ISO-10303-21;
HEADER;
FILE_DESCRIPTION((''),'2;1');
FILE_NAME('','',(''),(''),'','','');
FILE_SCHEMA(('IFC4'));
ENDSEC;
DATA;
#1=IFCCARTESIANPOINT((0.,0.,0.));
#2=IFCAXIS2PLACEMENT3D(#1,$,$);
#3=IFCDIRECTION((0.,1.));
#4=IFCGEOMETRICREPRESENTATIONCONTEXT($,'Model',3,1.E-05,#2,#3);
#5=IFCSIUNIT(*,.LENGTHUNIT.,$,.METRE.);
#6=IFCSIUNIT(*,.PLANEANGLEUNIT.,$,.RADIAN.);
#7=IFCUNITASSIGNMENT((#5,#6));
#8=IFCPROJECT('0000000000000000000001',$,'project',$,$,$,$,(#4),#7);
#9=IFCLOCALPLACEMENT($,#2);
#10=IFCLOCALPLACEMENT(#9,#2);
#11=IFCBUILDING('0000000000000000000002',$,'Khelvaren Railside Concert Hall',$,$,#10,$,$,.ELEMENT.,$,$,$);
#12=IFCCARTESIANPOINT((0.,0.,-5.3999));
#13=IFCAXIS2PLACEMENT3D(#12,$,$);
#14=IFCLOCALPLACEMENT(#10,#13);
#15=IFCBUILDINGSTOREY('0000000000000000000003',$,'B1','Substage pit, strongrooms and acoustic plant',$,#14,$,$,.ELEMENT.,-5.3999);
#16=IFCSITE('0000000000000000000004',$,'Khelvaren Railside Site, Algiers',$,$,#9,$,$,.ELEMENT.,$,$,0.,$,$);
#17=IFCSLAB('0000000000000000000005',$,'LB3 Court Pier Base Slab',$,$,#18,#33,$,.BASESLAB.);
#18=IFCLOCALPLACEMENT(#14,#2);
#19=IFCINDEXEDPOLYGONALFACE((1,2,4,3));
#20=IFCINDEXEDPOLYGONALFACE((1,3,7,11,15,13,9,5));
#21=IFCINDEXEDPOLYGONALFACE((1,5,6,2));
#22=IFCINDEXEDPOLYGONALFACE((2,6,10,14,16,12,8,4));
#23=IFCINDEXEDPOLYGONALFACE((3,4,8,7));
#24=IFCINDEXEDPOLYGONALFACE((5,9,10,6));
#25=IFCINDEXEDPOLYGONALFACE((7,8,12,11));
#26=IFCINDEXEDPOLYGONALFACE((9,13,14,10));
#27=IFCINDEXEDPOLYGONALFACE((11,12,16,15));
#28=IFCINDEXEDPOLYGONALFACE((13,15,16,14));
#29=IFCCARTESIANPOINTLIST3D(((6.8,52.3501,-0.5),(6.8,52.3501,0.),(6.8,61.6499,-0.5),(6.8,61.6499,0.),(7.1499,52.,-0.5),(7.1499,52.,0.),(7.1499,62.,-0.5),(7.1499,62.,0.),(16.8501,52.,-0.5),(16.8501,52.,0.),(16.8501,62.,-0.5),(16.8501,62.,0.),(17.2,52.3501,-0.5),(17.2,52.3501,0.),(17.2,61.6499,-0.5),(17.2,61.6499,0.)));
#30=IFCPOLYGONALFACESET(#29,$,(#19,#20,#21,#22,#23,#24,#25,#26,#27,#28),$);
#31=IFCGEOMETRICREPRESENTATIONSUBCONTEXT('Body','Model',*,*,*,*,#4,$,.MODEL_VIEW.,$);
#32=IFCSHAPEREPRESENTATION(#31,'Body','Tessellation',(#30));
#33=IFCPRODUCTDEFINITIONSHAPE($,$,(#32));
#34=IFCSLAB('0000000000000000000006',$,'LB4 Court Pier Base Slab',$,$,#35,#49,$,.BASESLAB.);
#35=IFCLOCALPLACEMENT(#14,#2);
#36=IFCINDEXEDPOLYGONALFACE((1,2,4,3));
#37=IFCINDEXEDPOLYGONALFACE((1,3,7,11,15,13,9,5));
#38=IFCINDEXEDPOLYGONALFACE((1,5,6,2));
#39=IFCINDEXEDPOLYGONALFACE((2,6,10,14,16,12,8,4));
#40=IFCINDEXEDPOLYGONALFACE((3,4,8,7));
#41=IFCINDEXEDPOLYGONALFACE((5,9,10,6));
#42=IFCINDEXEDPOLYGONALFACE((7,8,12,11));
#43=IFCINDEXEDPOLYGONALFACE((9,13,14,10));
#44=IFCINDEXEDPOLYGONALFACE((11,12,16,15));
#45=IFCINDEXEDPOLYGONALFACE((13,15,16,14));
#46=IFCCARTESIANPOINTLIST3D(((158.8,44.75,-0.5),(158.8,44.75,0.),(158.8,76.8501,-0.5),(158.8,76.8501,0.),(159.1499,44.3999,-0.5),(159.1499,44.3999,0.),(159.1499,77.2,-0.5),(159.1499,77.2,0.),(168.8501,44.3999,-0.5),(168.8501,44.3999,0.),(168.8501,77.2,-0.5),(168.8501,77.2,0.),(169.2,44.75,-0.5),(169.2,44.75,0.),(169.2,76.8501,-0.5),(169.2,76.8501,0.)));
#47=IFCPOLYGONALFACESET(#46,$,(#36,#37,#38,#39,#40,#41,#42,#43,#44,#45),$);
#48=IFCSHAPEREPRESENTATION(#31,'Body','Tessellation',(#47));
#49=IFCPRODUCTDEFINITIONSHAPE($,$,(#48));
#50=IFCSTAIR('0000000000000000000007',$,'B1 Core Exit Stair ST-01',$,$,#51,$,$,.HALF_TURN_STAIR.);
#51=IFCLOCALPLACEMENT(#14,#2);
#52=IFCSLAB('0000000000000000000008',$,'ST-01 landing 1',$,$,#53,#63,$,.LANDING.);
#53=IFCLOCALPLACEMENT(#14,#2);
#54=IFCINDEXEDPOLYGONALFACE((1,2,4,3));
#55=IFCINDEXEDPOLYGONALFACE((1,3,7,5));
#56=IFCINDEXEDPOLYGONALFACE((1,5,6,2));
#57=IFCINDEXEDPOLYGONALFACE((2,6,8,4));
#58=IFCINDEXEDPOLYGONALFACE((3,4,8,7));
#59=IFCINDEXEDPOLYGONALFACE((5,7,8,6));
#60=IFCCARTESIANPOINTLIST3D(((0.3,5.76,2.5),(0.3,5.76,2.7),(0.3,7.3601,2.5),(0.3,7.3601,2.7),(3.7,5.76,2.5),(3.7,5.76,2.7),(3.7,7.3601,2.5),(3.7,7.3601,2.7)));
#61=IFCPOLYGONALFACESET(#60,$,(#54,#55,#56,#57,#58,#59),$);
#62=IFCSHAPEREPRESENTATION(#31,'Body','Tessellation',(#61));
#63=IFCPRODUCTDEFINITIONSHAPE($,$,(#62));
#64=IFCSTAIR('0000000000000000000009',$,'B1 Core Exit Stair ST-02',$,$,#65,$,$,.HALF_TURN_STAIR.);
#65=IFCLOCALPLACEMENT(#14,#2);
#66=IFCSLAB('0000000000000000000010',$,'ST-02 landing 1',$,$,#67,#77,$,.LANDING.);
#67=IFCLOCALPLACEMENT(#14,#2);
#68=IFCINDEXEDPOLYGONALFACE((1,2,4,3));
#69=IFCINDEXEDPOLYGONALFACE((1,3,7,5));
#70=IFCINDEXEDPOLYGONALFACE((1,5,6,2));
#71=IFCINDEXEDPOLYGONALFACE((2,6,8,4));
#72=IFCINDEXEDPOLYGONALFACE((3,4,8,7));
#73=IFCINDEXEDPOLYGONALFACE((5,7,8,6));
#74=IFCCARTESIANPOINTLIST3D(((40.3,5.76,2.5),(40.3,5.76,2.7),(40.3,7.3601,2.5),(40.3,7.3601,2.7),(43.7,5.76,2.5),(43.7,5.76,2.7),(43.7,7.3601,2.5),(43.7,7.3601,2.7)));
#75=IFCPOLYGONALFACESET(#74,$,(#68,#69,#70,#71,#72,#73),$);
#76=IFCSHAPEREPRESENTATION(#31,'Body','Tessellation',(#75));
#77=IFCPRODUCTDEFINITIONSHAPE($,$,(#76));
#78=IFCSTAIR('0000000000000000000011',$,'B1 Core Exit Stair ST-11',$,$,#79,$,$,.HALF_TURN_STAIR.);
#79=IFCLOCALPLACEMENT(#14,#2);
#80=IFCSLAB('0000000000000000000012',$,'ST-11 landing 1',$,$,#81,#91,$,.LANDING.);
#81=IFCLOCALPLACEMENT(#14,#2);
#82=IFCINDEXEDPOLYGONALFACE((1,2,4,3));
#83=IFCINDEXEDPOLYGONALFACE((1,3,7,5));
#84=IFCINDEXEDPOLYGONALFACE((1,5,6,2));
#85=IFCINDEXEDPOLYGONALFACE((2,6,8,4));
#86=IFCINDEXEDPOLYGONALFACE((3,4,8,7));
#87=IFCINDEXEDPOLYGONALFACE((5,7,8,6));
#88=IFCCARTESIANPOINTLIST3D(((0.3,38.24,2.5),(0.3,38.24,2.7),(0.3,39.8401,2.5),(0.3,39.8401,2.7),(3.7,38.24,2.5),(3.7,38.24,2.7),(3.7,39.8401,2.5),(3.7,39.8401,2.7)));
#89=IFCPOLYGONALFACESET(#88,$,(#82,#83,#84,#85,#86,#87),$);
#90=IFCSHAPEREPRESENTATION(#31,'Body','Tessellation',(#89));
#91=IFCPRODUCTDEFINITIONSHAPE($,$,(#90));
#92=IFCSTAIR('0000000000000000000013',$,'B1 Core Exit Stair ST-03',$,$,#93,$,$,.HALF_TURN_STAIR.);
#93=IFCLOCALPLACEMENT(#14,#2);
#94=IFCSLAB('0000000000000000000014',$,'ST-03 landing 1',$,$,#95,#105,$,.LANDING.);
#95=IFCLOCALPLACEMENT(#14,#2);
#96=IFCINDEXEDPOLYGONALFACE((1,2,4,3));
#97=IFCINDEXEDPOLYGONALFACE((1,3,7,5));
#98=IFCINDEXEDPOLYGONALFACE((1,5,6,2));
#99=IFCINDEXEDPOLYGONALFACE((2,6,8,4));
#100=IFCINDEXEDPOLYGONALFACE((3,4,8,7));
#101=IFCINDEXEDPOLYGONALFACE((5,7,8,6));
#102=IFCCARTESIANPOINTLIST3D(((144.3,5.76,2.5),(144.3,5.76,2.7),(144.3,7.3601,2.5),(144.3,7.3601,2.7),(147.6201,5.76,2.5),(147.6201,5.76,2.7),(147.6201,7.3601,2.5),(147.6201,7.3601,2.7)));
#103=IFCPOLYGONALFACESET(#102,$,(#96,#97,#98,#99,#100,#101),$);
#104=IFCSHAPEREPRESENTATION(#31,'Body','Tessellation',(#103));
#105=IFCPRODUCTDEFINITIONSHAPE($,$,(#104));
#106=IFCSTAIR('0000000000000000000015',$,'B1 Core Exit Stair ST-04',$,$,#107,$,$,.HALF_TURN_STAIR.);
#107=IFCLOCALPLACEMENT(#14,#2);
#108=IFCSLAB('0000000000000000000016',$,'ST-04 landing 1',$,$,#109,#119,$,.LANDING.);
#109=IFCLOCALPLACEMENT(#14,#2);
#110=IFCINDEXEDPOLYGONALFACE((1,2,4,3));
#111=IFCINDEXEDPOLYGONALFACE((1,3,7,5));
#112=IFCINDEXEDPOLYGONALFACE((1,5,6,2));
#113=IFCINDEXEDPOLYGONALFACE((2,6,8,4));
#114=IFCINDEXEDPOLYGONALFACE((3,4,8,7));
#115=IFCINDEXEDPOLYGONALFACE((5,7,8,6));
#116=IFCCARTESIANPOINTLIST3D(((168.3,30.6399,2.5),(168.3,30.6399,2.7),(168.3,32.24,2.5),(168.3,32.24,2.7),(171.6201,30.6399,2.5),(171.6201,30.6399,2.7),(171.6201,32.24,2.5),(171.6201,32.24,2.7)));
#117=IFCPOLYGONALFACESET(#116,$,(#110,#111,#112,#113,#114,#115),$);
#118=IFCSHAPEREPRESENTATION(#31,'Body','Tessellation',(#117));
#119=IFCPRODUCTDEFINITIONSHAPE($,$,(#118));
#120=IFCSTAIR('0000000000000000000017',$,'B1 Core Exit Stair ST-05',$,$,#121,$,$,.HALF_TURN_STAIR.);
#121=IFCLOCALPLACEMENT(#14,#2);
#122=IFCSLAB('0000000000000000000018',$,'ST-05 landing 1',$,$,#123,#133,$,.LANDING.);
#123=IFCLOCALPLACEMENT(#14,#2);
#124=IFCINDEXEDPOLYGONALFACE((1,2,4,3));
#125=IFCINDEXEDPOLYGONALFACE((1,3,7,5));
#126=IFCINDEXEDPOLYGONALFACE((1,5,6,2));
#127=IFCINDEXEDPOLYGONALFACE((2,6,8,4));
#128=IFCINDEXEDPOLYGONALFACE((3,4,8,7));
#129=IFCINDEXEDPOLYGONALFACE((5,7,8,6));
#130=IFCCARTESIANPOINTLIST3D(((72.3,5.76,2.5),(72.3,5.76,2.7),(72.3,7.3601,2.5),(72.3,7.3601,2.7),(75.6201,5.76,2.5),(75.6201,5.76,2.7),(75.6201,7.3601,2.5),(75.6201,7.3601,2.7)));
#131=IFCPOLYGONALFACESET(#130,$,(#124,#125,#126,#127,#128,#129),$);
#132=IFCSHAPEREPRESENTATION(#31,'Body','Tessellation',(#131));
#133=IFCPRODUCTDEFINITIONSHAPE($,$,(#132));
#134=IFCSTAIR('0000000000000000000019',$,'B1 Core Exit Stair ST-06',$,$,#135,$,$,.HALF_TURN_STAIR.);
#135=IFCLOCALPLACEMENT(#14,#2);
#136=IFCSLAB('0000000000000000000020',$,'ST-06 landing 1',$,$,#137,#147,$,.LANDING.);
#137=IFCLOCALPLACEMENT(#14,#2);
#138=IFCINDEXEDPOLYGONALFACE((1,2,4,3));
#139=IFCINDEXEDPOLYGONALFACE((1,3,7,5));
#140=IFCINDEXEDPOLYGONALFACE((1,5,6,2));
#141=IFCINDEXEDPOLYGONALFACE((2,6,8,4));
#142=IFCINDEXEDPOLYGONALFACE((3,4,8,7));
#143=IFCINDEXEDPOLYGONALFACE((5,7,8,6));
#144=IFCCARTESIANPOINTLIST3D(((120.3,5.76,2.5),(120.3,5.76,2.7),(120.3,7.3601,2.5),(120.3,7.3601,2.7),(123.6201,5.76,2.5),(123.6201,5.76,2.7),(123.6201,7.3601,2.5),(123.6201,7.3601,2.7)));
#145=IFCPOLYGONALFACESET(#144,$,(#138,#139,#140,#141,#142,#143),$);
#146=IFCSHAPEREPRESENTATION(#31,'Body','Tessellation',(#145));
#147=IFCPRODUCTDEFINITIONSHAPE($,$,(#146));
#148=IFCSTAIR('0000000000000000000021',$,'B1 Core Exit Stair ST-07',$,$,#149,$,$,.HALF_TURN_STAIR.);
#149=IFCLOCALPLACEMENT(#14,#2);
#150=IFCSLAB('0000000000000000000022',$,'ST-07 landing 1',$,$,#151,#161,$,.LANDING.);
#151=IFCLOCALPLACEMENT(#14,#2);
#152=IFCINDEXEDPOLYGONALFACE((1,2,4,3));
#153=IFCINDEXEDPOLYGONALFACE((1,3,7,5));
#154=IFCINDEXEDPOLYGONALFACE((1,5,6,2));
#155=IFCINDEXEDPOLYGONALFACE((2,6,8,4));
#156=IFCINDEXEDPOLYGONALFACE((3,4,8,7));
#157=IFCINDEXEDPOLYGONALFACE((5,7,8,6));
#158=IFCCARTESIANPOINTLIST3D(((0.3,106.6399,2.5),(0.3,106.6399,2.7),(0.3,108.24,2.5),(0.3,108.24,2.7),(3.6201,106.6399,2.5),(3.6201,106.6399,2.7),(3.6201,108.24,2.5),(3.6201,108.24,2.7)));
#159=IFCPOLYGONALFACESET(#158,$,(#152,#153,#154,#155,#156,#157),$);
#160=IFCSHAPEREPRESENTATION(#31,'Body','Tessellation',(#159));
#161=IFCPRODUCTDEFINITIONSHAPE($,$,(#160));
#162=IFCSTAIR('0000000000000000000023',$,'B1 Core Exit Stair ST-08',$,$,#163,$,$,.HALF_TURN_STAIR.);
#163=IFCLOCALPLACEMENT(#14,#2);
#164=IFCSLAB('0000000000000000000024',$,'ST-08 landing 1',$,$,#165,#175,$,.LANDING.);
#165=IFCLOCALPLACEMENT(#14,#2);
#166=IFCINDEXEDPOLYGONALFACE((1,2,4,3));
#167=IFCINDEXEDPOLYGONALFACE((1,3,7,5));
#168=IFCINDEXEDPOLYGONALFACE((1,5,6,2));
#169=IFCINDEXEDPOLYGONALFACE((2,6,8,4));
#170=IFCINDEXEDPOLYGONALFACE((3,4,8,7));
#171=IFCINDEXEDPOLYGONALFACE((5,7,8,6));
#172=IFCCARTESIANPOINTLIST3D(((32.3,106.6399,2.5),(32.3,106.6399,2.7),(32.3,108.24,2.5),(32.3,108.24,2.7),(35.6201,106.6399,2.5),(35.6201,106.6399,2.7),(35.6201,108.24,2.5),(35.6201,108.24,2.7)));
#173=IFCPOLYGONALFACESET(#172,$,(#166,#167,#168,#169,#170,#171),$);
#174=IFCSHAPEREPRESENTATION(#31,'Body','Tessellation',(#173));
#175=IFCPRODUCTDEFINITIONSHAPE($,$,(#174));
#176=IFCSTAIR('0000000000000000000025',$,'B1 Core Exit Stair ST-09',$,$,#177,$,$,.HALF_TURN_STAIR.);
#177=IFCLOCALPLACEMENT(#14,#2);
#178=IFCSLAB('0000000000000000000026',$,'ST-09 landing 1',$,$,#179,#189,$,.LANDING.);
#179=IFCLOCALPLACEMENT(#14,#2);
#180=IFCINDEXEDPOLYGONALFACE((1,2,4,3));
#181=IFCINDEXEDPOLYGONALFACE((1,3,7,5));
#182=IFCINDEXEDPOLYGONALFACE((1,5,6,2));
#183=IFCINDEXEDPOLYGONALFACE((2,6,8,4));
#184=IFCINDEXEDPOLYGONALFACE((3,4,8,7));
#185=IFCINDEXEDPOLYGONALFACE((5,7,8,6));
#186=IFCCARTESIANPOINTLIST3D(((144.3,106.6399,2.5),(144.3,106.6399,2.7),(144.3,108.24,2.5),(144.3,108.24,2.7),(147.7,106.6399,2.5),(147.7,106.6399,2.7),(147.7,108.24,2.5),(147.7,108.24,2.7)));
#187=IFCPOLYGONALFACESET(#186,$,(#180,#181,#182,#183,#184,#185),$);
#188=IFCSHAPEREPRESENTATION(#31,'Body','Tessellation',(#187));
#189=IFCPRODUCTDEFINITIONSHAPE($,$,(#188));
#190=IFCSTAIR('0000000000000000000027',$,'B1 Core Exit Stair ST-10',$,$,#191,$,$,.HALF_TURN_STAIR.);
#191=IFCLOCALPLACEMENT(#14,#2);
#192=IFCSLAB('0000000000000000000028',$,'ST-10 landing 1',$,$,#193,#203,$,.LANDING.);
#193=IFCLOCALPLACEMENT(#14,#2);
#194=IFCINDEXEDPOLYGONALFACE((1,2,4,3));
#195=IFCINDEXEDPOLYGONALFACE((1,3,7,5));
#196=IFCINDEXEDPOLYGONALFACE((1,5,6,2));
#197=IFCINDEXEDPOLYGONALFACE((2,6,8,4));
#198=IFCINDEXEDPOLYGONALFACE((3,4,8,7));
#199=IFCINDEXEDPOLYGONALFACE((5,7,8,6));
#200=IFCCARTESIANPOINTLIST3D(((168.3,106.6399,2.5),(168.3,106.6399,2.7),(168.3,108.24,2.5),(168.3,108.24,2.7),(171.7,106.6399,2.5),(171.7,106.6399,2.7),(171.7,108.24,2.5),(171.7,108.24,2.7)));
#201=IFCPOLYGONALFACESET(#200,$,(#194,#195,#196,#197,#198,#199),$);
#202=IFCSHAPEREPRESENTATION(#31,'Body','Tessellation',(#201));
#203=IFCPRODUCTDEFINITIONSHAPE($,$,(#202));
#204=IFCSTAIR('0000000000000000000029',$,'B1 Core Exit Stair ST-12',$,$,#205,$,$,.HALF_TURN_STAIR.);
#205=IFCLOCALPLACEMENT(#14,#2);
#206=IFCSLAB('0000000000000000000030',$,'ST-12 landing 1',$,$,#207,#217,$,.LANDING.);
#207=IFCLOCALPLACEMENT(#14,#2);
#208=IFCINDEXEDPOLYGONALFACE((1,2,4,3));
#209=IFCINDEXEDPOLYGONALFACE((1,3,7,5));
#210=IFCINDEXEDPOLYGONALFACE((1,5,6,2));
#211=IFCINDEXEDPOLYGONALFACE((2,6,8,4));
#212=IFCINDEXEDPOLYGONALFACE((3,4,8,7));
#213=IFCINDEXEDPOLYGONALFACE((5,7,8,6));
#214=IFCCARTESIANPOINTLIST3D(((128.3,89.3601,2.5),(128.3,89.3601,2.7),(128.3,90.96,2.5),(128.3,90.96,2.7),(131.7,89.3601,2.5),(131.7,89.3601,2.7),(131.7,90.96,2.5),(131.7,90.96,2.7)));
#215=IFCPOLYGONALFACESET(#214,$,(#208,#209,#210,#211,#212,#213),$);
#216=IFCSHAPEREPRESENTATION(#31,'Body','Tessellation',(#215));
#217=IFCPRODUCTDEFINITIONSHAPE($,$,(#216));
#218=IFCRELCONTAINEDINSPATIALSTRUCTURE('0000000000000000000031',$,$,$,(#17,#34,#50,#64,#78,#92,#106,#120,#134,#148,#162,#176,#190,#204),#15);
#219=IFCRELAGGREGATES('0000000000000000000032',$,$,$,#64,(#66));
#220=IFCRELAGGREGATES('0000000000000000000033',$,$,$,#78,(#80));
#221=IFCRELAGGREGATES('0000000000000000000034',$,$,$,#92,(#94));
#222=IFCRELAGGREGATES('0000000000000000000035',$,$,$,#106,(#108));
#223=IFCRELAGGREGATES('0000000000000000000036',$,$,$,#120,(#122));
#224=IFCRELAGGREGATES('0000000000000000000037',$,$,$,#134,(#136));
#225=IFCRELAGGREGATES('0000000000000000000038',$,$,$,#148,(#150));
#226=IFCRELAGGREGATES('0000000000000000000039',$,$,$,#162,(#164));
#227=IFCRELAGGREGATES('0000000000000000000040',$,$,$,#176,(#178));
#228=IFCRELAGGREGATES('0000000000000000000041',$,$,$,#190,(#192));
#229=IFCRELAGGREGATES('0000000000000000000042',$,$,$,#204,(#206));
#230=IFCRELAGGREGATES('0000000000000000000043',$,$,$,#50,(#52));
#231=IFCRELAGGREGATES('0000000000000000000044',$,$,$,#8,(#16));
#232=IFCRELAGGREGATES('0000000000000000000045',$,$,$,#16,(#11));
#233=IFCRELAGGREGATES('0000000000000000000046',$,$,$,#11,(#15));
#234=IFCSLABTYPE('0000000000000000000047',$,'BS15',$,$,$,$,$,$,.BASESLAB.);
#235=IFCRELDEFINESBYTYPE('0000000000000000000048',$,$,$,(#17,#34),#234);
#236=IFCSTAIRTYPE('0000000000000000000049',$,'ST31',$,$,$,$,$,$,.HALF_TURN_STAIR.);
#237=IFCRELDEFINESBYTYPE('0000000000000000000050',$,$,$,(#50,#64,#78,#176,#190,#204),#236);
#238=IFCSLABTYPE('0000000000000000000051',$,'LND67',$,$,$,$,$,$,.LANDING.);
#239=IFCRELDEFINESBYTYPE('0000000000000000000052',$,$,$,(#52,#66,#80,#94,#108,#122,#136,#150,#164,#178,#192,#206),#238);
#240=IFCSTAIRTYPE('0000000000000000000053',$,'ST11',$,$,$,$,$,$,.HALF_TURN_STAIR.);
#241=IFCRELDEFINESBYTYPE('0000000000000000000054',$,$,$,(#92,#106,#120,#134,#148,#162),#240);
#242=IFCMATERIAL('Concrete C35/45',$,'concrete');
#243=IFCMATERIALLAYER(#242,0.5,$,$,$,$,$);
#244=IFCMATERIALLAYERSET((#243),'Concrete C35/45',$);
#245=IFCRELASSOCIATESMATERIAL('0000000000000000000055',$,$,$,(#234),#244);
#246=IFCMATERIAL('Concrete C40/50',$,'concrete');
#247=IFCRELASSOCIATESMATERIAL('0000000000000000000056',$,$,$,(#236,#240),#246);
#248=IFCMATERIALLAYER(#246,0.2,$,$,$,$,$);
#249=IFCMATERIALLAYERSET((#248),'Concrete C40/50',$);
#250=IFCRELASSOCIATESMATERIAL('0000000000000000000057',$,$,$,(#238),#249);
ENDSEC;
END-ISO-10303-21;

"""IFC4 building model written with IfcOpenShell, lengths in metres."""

from ifc_helpers import new_model, si_unit, direction, frame, origin, place, context, subcontext, project, spatial, polyline, outline, extrude, material, layer, layer_set, type_object, element, aggregate, save


model = new_model("IFC4")

# Units and contexts
model_context = context("Model", 3, precision=1e-05, world=origin(), true_north=direction((0.0, 1.0)))
body_context = subcontext(model_context, "Body", "Model", "MODEL_VIEW")
ifc_project = project(units=[si_unit("LENGTHUNIT", "METRE"), si_unit("PLANEANGLEUNIT", "RADIAN")], contexts=[model_context])

# Site, building, storey
site_placement = place(None, origin())
site = spatial("IfcSite", under=ifc_project, at=site_placement, Name="Khelvaren Railside Site, Algiers", CompositionType="ELEMENT", RefElevation=0.0)
building_placement = place(site_placement, origin())
building = spatial("IfcBuilding", under=site, at=building_placement, Name="Khelvaren Railside Concert Hall", CompositionType="ELEMENT")
storey_placement = place(building_placement, frame((0.0, 0.0, -5.3999)))
storey = spatial("IfcBuildingStorey", under=building, at=storey_placement, Name="B1", Description="Substage pit, strongrooms and acoustic plant", CompositionType="ELEMENT", Elevation=-5.3999)

# Shared definitions
ifc_material_1 = material(Name="Concrete C35/45", Category="concrete")

# Slabs
ifc_layer_1 = layer(ifc_material_1, 0.5)
ifc_layer_set_1 = layer_set([ifc_layer_1], Name="Concrete C35/45")
slab_type_1 = type_object("IfcSlabType", Name="BS15", PredefinedType="BASESLAB", material=ifc_layer_set_1)
slab_1_placement = place(storey_placement, frame((0.0, 0.0, -0.5)))
element("IfcSlab", 1, at=slab_1_placement, inside=storey, type_object=slab_type_1, Name="LB3 Court Pier Base Slab", PredefinedType="BASESLAB", context=body_context, shape_type="SweptSolid", body=[
    extrude(outline(polyline([(7.1499, 52.0), (16.8501, 52.0), (17.2, 52.3501), (17.2, 61.6499), (16.8501, 62.0), (7.1499, 62.0), (6.8, 61.6499), (6.8, 52.3501), (7.1499, 52.0)])), origin(), (0.0, 0.0, 1.0), 0.5),
])
slab_2_placement = place(storey_placement, frame((0.0, 0.0, -0.5)))
element("IfcSlab", 2, at=slab_2_placement, inside=storey, type_object=slab_type_1, Name="LB4 Court Pier Base Slab", PredefinedType="BASESLAB", context=body_context, shape_type="SweptSolid", body=[
    extrude(outline(polyline([(159.1499, 44.3999), (168.8501, 44.3999), (169.2, 44.75), (169.2, 76.8501), (168.8501, 77.2), (159.1499, 77.2), (158.8, 76.8501), (158.8, 44.75), (159.1499, 44.3999)])), origin(), (0.0, 0.0, 1.0), 0.5),
])

# Stairs, slabs
ifc_material_2 = material(Name="Concrete C40/50", Category="concrete")
stair_type_1 = type_object("IfcStairType", Name="ST31", PredefinedType="HALF_TURN_STAIR", material=ifc_material_2)
stair_1_placement = place(storey_placement, origin())
stair_1 = element("IfcStair", 3, at=stair_1_placement, inside=storey, type_object=stair_type_1, Name="B1 Core Exit Stair ST-01", PredefinedType="HALF_TURN_STAIR")
ifc_layer_2 = layer(ifc_material_2, 0.2)
ifc_layer_set_2 = layer_set([ifc_layer_2], Name="Concrete C40/50")
slab_type_2 = type_object("IfcSlabType", Name="LND67", PredefinedType="LANDING", material=ifc_layer_set_2)
slab_3_placement = place(storey_placement, frame((0.0, 0.0, 2.5)))
slab_3 = element("IfcSlab", 4, at=slab_3_placement, type_object=slab_type_2, Name="ST-01 landing 1", PredefinedType="LANDING", context=body_context, shape_type="SweptSolid", body=[
    extrude(outline(polyline([(3.7, 5.76), (3.7, 7.3601), (0.3, 7.3601), (0.3, 5.76), (3.7, 5.76)])), origin(), (0.0, 0.0, 1.0), 0.2),
])
stair_2_placement = place(storey_placement, origin())
stair_2 = element("IfcStair", 5, at=stair_2_placement, inside=storey, type_object=stair_type_1, Name="B1 Core Exit Stair ST-02", PredefinedType="HALF_TURN_STAIR")
slab_4_placement = place(storey_placement, frame((0.0, 0.0, 2.5)))
slab_4 = element("IfcSlab", 6, at=slab_4_placement, type_object=slab_type_2, Name="ST-02 landing 1", PredefinedType="LANDING", context=body_context, shape_type="SweptSolid", body=[
    extrude(outline(polyline([(43.7, 5.76), (43.7, 7.3601), (40.3, 7.3601), (40.3, 5.76), (43.7, 5.76)])), origin(), (0.0, 0.0, 1.0), 0.2),
])
aggregate(stair_2, [slab_4])
stair_3_placement = place(storey_placement, origin())
stair_3 = element("IfcStair", 7, at=stair_3_placement, inside=storey, type_object=stair_type_1, Name="B1 Core Exit Stair ST-11", PredefinedType="HALF_TURN_STAIR")
slab_5_placement = place(storey_placement, frame((0.0, 0.0, 2.5)))
slab_5 = element("IfcSlab", 8, at=slab_5_placement, type_object=slab_type_2, Name="ST-11 landing 1", PredefinedType="LANDING", context=body_context, shape_type="SweptSolid", body=[
    extrude(outline(polyline([(0.3, 39.8401), (0.3, 38.24), (3.7, 38.24), (3.7, 39.8401), (0.3, 39.8401)])), origin(), (0.0, 0.0, 1.0), 0.2),
])
aggregate(stair_3, [slab_5])
stair_type_2 = type_object("IfcStairType", Name="ST11", PredefinedType="HALF_TURN_STAIR", material=ifc_material_2)
stair_4_placement = place(storey_placement, origin())
stair_4 = element("IfcStair", 9, at=stair_4_placement, inside=storey, type_object=stair_type_2, Name="B1 Core Exit Stair ST-03", PredefinedType="HALF_TURN_STAIR")
slab_6_placement = place(storey_placement, frame((0.0, 0.0, 2.5)))
slab_6 = element("IfcSlab", 10, at=slab_6_placement, type_object=slab_type_2, Name="ST-03 landing 1", PredefinedType="LANDING", context=body_context, shape_type="SweptSolid", body=[
    extrude(outline(polyline([(147.6201, 5.76), (147.6201, 7.3601), (144.3, 7.3601), (144.3, 5.76), (147.6201, 5.76)])), origin(), (0.0, 0.0, 1.0), 0.2),
])
aggregate(stair_4, [slab_6])
stair_5_placement = place(storey_placement, origin())
stair_5 = element("IfcStair", 11, at=stair_5_placement, inside=storey, type_object=stair_type_2, Name="B1 Core Exit Stair ST-04", PredefinedType="HALF_TURN_STAIR")
slab_7_placement = place(storey_placement, frame((0.0, 0.0, 2.5)))
slab_7 = element("IfcSlab", 12, at=slab_7_placement, type_object=slab_type_2, Name="ST-04 landing 1", PredefinedType="LANDING", context=body_context, shape_type="SweptSolid", body=[
    extrude(outline(polyline([(168.3, 32.24), (168.3, 30.6399), (171.6201, 30.6399), (171.6201, 32.24), (168.3, 32.24)])), origin(), (0.0, 0.0, 1.0), 0.2),
])
aggregate(stair_5, [slab_7])
stair_6_placement = place(storey_placement, origin())
stair_6 = element("IfcStair", 13, at=stair_6_placement, inside=storey, type_object=stair_type_2, Name="B1 Core Exit Stair ST-05", PredefinedType="HALF_TURN_STAIR")
slab_8_placement = place(storey_placement, frame((0.0, 0.0, 2.5)))
slab_8 = element("IfcSlab", 14, at=slab_8_placement, type_object=slab_type_2, Name="ST-05 landing 1", PredefinedType="LANDING", context=body_context, shape_type="SweptSolid", body=[
    extrude(outline(polyline([(75.6201, 5.76), (75.6201, 7.3601), (72.3, 7.3601), (72.3, 5.76), (75.6201, 5.76)])), origin(), (0.0, 0.0, 1.0), 0.2),
])
aggregate(stair_6, [slab_8])
stair_7_placement = place(storey_placement, origin())
stair_7 = element("IfcStair", 15, at=stair_7_placement, inside=storey, type_object=stair_type_2, Name="B1 Core Exit Stair ST-06", PredefinedType="HALF_TURN_STAIR")
slab_9_placement = place(storey_placement, frame((0.0, 0.0, 2.5)))
slab_9 = element("IfcSlab", 16, at=slab_9_placement, type_object=slab_type_2, Name="ST-06 landing 1", PredefinedType="LANDING", context=body_context, shape_type="SweptSolid", body=[
    extrude(outline(polyline([(123.6201, 5.76), (123.6201, 7.3601), (120.3, 7.3601), (120.3, 5.76), (123.6201, 5.76)])), origin(), (0.0, 0.0, 1.0), 0.2),
])
aggregate(stair_7, [slab_9])
stair_8_placement = place(storey_placement, origin())
stair_8 = element("IfcStair", 17, at=stair_8_placement, inside=storey, type_object=stair_type_2, Name="B1 Core Exit Stair ST-07", PredefinedType="HALF_TURN_STAIR")
slab_10_placement = place(storey_placement, frame((0.0, 0.0, 2.5)))
slab_10 = element("IfcSlab", 18, at=slab_10_placement, type_object=slab_type_2, Name="ST-07 landing 1", PredefinedType="LANDING", context=body_context, shape_type="SweptSolid", body=[
    extrude(outline(polyline([(0.3, 108.24), (0.3, 106.6399), (3.6201, 106.6399), (3.6201, 108.24), (0.3, 108.24)])), origin(), (0.0, 0.0, 1.0), 0.2),
])
aggregate(stair_8, [slab_10])
stair_9_placement = place(storey_placement, origin())
stair_9 = element("IfcStair", 19, at=stair_9_placement, inside=storey, type_object=stair_type_2, Name="B1 Core Exit Stair ST-08", PredefinedType="HALF_TURN_STAIR")
slab_11_placement = place(storey_placement, frame((0.0, 0.0, 2.5)))
slab_11 = element("IfcSlab", 20, at=slab_11_placement, type_object=slab_type_2, Name="ST-08 landing 1", PredefinedType="LANDING", context=body_context, shape_type="SweptSolid", body=[
    extrude(outline(polyline([(32.3, 108.24), (32.3, 106.6399), (35.6201, 106.6399), (35.6201, 108.24), (32.3, 108.24)])), origin(), (0.0, 0.0, 1.0), 0.2),
])
aggregate(stair_9, [slab_11])
stair_10_placement = place(storey_placement, origin())
stair_10 = element("IfcStair", 21, at=stair_10_placement, inside=storey, type_object=stair_type_1, Name="B1 Core Exit Stair ST-09", PredefinedType="HALF_TURN_STAIR")
slab_12_placement = place(storey_placement, frame((0.0, 0.0, 2.5)))
slab_12 = element("IfcSlab", 22, at=slab_12_placement, type_object=slab_type_2, Name="ST-09 landing 1", PredefinedType="LANDING", context=body_context, shape_type="SweptSolid", body=[
    extrude(outline(polyline([(144.3, 108.24), (144.3, 106.6399), (147.7, 106.6399), (147.7, 108.24), (144.3, 108.24)])), origin(), (0.0, 0.0, 1.0), 0.2),
])
aggregate(stair_10, [slab_12])
stair_11_placement = place(storey_placement, origin())
stair_11 = element("IfcStair", 23, at=stair_11_placement, inside=storey, type_object=stair_type_1, Name="B1 Core Exit Stair ST-10", PredefinedType="HALF_TURN_STAIR")
slab_13_placement = place(storey_placement, frame((0.0, 0.0, 2.5)))
slab_13 = element("IfcSlab", 24, at=slab_13_placement, type_object=slab_type_2, Name="ST-10 landing 1", PredefinedType="LANDING", context=body_context, shape_type="SweptSolid", body=[
    extrude(outline(polyline([(168.3, 108.24), (168.3, 106.6399), (171.7, 106.6399), (171.7, 108.24), (168.3, 108.24)])), origin(), (0.0, 0.0, 1.0), 0.2),
])
aggregate(stair_11, [slab_13])
stair_12_placement = place(storey_placement, origin())
stair_12 = element("IfcStair", 25, at=stair_12_placement, inside=storey, type_object=stair_type_1, Name="B1 Core Exit Stair ST-12", PredefinedType="HALF_TURN_STAIR")
slab_14_placement = place(storey_placement, frame((0.0, 0.0, 2.5)))
slab_14 = element("IfcSlab", 26, at=slab_14_placement, type_object=slab_type_2, Name="ST-12 landing 1", PredefinedType="LANDING", context=body_context, shape_type="SweptSolid", body=[
    extrude(outline(polyline([(131.7, 89.3601), (131.7, 90.96), (128.3, 90.96), (128.3, 89.3601), (131.7, 89.3601)])), origin(), (0.0, 0.0, 1.0), 0.2),
])
aggregate(stair_12, [slab_14])

aggregate(stair_1, [slab_3])

save(model, "model.ifc")
